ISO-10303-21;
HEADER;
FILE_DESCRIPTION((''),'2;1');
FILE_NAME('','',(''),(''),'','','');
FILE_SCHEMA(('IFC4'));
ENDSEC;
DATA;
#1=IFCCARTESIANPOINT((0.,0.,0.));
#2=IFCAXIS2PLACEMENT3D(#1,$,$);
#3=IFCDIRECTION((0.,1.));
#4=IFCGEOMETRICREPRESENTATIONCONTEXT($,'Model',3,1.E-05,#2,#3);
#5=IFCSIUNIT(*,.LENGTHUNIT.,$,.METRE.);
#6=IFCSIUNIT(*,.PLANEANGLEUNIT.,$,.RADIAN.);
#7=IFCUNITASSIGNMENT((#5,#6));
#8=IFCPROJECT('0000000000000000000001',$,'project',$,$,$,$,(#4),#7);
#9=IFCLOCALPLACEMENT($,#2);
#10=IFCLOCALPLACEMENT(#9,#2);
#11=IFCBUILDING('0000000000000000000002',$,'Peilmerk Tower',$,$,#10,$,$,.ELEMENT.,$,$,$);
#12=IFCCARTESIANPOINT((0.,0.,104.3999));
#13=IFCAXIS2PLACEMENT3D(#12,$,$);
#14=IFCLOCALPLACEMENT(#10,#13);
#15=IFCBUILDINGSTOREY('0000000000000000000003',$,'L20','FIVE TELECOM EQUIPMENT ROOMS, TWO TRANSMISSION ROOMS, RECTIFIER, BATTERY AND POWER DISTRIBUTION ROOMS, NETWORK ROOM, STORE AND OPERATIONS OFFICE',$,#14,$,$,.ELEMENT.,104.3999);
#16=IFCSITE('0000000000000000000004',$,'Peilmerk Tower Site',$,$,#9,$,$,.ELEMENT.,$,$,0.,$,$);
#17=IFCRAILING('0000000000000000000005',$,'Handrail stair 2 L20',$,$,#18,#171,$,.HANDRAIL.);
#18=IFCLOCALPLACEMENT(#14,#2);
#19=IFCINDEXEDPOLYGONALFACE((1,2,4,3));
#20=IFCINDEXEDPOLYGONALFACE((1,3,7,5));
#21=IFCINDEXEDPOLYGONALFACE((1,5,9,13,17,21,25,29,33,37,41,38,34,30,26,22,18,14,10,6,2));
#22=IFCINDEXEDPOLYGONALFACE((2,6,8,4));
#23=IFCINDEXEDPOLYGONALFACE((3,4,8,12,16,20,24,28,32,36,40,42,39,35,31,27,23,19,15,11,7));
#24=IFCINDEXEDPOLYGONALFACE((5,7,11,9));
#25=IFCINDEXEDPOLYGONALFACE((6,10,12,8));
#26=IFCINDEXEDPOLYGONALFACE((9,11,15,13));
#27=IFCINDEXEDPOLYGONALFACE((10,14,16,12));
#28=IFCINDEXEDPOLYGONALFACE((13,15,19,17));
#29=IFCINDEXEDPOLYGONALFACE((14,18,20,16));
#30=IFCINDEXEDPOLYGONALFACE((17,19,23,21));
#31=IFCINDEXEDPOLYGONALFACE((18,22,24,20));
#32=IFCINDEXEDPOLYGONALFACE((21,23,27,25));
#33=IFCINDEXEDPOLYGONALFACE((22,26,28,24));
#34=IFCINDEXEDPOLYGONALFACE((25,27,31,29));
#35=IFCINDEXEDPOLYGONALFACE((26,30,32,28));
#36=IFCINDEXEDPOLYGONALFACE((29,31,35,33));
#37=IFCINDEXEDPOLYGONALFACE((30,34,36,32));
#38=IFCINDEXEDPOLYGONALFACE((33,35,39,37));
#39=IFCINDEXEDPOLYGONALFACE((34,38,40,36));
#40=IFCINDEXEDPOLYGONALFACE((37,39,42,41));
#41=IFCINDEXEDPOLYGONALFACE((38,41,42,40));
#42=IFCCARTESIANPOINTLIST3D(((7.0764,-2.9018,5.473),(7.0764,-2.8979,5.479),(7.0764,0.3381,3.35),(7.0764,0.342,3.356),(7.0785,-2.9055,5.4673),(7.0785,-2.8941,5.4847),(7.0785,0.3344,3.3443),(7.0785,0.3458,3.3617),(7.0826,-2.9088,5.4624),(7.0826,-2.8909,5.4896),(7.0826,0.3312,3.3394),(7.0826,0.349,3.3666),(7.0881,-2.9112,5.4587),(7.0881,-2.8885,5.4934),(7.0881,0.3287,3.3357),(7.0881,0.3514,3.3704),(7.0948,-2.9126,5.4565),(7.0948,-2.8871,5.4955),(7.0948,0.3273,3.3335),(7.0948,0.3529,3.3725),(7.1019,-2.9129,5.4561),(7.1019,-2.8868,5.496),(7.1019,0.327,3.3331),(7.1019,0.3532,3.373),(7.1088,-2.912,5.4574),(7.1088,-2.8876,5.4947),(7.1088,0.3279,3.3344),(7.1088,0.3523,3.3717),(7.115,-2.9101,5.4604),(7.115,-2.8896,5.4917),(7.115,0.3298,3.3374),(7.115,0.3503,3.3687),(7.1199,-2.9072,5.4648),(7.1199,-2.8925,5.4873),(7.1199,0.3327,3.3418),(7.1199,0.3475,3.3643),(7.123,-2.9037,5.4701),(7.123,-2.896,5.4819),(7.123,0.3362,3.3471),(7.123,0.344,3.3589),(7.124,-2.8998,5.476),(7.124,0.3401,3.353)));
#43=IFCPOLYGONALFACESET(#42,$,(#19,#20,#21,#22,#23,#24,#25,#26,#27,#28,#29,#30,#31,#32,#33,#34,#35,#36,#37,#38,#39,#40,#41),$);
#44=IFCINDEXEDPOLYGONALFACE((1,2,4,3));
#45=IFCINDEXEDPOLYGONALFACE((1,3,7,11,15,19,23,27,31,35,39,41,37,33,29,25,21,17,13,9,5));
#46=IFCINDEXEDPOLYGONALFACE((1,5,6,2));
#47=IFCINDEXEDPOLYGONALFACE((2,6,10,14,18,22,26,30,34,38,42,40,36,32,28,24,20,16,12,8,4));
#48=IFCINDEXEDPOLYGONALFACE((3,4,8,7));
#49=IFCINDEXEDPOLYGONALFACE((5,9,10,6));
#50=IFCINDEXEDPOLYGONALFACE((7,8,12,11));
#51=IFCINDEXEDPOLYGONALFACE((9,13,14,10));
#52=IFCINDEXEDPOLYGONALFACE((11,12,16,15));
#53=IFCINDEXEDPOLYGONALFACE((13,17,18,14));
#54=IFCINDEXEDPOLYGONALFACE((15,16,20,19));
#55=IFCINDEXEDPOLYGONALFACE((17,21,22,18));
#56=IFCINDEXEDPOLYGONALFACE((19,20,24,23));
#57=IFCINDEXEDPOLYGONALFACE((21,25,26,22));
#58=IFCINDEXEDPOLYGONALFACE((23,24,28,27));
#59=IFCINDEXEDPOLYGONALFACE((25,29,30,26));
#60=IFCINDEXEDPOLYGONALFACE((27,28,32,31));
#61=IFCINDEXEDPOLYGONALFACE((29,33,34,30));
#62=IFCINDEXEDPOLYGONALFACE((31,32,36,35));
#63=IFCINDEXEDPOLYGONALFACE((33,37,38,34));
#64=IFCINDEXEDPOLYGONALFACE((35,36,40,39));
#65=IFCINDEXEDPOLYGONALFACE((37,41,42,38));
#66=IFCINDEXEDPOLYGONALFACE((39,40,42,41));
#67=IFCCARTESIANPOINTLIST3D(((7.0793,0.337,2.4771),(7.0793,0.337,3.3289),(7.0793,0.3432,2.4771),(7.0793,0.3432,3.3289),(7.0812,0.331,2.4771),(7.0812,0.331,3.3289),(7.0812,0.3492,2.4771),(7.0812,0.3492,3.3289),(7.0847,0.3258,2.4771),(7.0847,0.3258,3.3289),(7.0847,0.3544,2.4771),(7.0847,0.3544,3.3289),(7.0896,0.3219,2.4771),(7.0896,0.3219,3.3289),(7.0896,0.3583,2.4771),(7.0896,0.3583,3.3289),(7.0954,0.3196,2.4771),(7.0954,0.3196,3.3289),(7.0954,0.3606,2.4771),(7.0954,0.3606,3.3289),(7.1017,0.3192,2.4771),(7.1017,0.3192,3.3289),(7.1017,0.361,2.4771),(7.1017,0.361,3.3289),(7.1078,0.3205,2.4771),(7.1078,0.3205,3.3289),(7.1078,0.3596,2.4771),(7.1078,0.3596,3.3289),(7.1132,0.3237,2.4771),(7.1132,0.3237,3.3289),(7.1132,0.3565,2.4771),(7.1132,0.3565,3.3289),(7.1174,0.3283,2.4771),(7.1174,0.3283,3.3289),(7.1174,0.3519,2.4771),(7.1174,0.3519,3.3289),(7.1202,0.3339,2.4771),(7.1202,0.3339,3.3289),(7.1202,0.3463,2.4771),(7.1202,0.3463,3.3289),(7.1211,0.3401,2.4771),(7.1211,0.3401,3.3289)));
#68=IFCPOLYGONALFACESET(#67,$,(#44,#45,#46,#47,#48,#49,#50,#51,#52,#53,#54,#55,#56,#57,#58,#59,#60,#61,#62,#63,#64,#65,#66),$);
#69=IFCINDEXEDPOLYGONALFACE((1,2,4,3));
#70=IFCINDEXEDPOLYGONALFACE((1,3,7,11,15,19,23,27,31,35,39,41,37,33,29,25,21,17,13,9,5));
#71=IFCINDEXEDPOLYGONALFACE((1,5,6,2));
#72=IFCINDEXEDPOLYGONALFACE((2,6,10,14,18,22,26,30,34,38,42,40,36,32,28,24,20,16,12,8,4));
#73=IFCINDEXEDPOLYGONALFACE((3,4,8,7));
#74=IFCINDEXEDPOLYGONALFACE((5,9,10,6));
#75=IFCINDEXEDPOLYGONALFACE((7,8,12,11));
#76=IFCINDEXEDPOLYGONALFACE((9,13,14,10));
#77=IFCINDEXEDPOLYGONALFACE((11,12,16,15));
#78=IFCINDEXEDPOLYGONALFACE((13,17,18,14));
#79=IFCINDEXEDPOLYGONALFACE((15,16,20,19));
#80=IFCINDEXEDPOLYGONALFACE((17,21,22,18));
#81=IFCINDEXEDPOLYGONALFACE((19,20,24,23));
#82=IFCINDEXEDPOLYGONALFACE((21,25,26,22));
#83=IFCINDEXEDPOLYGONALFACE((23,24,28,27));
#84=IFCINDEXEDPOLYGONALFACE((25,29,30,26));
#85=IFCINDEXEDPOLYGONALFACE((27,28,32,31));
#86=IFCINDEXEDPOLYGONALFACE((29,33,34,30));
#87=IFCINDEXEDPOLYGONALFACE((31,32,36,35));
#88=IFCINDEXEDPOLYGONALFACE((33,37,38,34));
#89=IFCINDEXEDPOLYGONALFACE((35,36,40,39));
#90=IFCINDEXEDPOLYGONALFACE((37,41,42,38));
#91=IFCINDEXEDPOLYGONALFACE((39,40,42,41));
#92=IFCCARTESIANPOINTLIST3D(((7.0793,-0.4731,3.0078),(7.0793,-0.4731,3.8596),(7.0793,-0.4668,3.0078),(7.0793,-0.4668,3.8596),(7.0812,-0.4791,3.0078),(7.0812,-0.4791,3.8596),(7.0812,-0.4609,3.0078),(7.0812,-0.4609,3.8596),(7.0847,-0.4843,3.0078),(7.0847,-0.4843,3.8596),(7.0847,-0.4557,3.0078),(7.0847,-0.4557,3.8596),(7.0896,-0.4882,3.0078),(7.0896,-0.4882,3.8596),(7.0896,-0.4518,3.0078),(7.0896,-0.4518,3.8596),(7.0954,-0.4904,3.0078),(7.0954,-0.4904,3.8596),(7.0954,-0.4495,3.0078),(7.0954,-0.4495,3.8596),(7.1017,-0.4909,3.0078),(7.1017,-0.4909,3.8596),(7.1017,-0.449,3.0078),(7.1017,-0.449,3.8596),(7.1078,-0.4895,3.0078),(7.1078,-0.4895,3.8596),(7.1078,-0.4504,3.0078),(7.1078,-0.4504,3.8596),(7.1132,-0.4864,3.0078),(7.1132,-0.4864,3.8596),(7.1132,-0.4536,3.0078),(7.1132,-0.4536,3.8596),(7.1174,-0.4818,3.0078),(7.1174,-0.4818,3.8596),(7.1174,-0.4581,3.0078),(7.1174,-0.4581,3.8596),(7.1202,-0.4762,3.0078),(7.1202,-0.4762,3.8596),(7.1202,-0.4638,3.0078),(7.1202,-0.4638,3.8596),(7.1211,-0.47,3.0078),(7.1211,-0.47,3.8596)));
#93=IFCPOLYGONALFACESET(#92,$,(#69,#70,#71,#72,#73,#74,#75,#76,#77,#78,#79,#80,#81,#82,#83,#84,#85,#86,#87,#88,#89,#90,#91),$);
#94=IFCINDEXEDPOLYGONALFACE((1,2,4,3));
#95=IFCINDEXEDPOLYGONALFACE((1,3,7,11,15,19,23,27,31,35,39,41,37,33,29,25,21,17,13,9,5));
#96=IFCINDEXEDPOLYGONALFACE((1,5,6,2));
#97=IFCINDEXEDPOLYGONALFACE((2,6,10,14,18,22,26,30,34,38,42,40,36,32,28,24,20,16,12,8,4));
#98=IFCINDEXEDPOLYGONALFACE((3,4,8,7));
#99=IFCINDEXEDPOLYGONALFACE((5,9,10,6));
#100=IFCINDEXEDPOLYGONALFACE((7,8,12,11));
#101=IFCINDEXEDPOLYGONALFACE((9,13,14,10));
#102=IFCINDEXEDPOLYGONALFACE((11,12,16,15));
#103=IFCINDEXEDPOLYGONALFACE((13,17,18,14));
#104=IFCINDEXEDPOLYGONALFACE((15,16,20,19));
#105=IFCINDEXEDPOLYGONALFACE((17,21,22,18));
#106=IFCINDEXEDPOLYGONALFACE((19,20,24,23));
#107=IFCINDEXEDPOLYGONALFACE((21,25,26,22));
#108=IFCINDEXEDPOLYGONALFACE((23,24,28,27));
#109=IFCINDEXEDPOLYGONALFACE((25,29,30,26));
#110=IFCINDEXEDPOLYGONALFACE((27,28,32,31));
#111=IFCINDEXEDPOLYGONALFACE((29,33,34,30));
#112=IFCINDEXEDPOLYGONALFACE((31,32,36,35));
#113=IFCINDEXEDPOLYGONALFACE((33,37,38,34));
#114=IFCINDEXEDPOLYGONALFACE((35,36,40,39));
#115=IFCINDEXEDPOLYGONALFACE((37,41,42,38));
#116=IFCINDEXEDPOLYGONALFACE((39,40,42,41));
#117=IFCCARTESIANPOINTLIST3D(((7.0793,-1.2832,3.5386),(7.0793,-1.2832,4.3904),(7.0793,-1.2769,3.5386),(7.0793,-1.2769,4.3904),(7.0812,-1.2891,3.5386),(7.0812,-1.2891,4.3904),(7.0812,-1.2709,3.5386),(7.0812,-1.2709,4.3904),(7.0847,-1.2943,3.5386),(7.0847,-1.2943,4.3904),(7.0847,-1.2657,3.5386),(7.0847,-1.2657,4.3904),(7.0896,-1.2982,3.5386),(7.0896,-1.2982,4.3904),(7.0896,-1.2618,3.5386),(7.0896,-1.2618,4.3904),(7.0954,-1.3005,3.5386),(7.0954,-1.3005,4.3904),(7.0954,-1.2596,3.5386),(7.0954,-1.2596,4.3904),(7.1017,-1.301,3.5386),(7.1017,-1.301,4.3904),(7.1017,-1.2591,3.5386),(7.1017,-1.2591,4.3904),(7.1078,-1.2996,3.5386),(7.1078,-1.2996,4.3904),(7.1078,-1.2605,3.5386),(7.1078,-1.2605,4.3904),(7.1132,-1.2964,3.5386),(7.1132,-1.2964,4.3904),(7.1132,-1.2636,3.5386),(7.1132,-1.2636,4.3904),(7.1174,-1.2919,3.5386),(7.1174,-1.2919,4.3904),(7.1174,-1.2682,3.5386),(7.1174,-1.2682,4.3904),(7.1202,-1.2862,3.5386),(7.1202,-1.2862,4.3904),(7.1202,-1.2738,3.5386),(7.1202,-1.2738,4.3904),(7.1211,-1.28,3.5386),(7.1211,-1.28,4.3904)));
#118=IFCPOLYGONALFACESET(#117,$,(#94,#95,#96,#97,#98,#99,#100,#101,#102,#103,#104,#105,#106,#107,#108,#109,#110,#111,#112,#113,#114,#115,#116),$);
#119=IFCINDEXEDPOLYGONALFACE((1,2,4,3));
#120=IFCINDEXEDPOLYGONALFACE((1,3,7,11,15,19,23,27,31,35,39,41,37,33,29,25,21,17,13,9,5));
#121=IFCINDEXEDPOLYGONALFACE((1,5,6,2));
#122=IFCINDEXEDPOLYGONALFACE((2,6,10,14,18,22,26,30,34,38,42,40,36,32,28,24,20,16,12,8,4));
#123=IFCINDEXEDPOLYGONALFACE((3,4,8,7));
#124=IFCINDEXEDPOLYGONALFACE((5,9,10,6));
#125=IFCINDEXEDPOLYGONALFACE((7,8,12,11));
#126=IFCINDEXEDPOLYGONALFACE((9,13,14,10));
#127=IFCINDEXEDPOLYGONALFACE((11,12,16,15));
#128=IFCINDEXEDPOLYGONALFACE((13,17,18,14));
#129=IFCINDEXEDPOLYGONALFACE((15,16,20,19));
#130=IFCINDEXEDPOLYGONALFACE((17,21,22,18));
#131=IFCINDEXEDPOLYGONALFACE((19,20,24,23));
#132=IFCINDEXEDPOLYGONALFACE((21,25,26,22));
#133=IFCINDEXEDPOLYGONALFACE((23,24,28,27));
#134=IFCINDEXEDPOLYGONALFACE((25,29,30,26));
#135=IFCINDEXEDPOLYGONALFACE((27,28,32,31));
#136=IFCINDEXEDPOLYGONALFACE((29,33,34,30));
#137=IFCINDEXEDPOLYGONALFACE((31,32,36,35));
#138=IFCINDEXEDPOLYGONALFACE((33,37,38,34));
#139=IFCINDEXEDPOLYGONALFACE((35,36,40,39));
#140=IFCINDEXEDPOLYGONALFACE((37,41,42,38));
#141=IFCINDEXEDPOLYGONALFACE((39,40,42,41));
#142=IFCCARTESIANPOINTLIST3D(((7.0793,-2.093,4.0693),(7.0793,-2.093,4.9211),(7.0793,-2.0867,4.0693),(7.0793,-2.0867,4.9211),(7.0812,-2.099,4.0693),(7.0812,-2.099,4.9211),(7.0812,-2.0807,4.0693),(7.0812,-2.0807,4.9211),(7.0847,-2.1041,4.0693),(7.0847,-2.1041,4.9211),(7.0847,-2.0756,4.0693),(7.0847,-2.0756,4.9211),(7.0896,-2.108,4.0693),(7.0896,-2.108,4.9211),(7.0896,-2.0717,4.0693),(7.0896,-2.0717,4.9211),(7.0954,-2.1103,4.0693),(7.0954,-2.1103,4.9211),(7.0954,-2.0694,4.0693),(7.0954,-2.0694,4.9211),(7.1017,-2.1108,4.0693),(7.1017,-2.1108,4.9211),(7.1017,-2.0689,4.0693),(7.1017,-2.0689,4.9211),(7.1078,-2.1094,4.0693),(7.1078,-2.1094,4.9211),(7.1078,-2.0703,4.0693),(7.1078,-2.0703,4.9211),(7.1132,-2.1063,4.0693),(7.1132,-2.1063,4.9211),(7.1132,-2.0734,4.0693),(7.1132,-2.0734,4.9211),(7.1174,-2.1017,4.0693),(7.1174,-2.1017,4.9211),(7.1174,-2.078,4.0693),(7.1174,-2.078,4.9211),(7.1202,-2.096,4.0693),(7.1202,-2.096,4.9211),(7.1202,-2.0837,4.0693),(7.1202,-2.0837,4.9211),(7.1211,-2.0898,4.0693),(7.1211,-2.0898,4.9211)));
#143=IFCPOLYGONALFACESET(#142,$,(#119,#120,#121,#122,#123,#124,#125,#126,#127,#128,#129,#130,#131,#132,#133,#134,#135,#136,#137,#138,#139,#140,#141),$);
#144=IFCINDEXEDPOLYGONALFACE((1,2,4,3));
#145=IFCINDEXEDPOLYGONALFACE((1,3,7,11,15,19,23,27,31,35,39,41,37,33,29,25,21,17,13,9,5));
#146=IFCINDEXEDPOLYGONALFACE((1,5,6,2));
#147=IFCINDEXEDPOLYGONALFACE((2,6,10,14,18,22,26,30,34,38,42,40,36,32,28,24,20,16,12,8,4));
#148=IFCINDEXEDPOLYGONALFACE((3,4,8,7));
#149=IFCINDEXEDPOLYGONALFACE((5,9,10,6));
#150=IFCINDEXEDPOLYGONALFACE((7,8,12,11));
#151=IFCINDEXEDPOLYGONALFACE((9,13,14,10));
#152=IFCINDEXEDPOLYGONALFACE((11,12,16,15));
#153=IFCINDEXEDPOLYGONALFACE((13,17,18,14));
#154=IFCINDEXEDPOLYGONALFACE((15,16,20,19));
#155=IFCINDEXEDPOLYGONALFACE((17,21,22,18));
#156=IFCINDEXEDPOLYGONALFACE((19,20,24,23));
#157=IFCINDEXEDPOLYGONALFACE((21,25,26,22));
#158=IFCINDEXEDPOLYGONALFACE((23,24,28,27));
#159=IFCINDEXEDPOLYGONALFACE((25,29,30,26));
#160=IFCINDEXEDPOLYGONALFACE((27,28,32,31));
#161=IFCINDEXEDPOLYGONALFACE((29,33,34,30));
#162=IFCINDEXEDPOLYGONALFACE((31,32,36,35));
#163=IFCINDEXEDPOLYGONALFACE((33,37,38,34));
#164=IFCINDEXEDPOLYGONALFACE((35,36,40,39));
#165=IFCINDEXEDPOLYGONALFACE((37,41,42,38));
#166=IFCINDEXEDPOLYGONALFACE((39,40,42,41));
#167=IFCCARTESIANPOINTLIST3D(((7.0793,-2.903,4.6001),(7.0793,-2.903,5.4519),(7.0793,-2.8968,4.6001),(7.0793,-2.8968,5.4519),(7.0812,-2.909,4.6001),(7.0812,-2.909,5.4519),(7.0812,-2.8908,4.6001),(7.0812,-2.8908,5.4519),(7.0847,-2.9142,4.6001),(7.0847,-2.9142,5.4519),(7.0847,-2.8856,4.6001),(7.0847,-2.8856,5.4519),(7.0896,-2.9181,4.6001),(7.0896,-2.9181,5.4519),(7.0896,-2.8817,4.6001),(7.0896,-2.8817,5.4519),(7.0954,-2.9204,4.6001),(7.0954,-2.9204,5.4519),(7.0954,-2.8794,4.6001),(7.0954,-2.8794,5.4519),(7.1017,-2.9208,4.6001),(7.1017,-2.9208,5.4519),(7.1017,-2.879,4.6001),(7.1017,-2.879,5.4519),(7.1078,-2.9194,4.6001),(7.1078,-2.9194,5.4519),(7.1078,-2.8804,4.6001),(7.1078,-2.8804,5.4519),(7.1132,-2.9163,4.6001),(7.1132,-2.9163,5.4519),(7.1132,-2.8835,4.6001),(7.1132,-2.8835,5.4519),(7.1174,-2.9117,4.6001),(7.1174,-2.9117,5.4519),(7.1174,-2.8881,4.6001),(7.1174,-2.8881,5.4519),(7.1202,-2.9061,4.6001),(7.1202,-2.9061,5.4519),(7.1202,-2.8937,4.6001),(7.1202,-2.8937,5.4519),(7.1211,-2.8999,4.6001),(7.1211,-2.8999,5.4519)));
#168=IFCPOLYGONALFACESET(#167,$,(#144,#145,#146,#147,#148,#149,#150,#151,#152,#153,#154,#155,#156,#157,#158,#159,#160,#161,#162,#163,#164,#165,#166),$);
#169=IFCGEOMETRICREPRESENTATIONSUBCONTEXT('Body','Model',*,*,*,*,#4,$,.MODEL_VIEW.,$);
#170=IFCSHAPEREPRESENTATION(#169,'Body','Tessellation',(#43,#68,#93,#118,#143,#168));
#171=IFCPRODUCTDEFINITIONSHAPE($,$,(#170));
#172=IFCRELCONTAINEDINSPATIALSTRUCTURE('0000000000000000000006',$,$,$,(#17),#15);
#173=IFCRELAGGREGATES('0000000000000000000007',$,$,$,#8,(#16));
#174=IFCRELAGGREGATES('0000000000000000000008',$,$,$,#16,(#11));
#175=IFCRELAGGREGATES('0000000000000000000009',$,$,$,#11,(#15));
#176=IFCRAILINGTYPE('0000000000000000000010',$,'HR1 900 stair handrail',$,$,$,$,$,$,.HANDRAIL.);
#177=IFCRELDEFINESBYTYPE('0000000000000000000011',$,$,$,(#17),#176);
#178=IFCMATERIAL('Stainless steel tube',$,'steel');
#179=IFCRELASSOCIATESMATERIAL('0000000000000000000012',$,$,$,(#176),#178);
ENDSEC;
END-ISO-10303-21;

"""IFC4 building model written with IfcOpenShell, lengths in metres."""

from ifc_helpers import new_model, si_unit, direction, frame, origin, origin_2d, place, context, subcontext, project, spatial, circle, extrude, material, type_object, element, save


model = new_model("IFC4")

# Units and contexts
model_context = context("Model", 3, precision=1e-05, world=origin(), true_north=direction((0.0, 1.0)))
body_context = subcontext(model_context, "Body", "Model", "MODEL_VIEW")
ifc_project = project(units=[si_unit("LENGTHUNIT", "METRE"), si_unit("PLANEANGLEUNIT", "RADIAN")], contexts=[model_context])

# Site, building, storey
site_placement = place(None, origin())
site = spatial("IfcSite", under=ifc_project, at=site_placement, Name="Peilmerk Tower Site", CompositionType="ELEMENT", RefElevation=0.0)
building_placement = place(site_placement, origin())
building = spatial("IfcBuilding", under=site, at=building_placement, Name="Peilmerk Tower", CompositionType="ELEMENT")
storey_placement = place(building_placement, frame((0.0, 0.0, 104.3999)))
storey = spatial("IfcBuildingStorey", under=building, at=storey_placement, Name="L20", Description="FIVE TELECOM EQUIPMENT ROOMS, TWO TRANSMISSION ROOMS, RECTIFIER, BATTERY AND POWER DISTRIBUTION ROOMS, NETWORK ROOM, STORE AND OPERATIONS OFFICE", CompositionType="ELEMENT", Elevation=104.3999)

# Railing
ifc_material_1 = material(Name="Stainless steel tube", Category="steel")
railing_type_1 = type_object("IfcRailingType", Name="HR1 900 stair handrail", PredefinedType="HANDRAIL", material=ifc_material_1)
railing_1_placement = place(storey_placement, frame((7.1001, 0.3401, 2.4771)))
element("IfcRailing", 1, at=railing_1_placement, inside=storey, type_object=railing_type_1, Name="Handrail stair 2 L20", PredefinedType="HANDRAIL", context=body_context, shape_type="SweptSolid", body=[
    extrude(circle(Radius=0.0239, at=origin_2d()), frame((0.0, 0.0, 0.876), z_axis=(0.0, -0.836426, 0.548079), x_axis=(1.0, 0.0, 0.0)), (0.0, 0.0, 1.0), 3.8735),
    extrude(circle(Radius=0.021, at=origin_2d()), origin(), (0.0, 0.0, 1.0), 0.8518),
    extrude(circle(Radius=0.021, at=origin_2d()), frame((0.0, -0.8101, 0.5308)), (0.0, 0.0, 1.0), 0.8518),
    extrude(circle(Radius=0.021, at=origin_2d()), frame((0.0, -1.6201, 1.0615)), (0.0, 0.0, 1.0), 0.8518),
    extrude(circle(Radius=0.021, at=origin_2d()), frame((0.0, -2.4299, 1.5923)), (0.0, 0.0, 1.0), 0.8518),
    extrude(circle(Radius=0.021, at=origin_2d()), frame((0.0, -3.24, 2.123)), (0.0, 0.0, 1.0), 0.8518),
])

save(model, "model.ifc")
